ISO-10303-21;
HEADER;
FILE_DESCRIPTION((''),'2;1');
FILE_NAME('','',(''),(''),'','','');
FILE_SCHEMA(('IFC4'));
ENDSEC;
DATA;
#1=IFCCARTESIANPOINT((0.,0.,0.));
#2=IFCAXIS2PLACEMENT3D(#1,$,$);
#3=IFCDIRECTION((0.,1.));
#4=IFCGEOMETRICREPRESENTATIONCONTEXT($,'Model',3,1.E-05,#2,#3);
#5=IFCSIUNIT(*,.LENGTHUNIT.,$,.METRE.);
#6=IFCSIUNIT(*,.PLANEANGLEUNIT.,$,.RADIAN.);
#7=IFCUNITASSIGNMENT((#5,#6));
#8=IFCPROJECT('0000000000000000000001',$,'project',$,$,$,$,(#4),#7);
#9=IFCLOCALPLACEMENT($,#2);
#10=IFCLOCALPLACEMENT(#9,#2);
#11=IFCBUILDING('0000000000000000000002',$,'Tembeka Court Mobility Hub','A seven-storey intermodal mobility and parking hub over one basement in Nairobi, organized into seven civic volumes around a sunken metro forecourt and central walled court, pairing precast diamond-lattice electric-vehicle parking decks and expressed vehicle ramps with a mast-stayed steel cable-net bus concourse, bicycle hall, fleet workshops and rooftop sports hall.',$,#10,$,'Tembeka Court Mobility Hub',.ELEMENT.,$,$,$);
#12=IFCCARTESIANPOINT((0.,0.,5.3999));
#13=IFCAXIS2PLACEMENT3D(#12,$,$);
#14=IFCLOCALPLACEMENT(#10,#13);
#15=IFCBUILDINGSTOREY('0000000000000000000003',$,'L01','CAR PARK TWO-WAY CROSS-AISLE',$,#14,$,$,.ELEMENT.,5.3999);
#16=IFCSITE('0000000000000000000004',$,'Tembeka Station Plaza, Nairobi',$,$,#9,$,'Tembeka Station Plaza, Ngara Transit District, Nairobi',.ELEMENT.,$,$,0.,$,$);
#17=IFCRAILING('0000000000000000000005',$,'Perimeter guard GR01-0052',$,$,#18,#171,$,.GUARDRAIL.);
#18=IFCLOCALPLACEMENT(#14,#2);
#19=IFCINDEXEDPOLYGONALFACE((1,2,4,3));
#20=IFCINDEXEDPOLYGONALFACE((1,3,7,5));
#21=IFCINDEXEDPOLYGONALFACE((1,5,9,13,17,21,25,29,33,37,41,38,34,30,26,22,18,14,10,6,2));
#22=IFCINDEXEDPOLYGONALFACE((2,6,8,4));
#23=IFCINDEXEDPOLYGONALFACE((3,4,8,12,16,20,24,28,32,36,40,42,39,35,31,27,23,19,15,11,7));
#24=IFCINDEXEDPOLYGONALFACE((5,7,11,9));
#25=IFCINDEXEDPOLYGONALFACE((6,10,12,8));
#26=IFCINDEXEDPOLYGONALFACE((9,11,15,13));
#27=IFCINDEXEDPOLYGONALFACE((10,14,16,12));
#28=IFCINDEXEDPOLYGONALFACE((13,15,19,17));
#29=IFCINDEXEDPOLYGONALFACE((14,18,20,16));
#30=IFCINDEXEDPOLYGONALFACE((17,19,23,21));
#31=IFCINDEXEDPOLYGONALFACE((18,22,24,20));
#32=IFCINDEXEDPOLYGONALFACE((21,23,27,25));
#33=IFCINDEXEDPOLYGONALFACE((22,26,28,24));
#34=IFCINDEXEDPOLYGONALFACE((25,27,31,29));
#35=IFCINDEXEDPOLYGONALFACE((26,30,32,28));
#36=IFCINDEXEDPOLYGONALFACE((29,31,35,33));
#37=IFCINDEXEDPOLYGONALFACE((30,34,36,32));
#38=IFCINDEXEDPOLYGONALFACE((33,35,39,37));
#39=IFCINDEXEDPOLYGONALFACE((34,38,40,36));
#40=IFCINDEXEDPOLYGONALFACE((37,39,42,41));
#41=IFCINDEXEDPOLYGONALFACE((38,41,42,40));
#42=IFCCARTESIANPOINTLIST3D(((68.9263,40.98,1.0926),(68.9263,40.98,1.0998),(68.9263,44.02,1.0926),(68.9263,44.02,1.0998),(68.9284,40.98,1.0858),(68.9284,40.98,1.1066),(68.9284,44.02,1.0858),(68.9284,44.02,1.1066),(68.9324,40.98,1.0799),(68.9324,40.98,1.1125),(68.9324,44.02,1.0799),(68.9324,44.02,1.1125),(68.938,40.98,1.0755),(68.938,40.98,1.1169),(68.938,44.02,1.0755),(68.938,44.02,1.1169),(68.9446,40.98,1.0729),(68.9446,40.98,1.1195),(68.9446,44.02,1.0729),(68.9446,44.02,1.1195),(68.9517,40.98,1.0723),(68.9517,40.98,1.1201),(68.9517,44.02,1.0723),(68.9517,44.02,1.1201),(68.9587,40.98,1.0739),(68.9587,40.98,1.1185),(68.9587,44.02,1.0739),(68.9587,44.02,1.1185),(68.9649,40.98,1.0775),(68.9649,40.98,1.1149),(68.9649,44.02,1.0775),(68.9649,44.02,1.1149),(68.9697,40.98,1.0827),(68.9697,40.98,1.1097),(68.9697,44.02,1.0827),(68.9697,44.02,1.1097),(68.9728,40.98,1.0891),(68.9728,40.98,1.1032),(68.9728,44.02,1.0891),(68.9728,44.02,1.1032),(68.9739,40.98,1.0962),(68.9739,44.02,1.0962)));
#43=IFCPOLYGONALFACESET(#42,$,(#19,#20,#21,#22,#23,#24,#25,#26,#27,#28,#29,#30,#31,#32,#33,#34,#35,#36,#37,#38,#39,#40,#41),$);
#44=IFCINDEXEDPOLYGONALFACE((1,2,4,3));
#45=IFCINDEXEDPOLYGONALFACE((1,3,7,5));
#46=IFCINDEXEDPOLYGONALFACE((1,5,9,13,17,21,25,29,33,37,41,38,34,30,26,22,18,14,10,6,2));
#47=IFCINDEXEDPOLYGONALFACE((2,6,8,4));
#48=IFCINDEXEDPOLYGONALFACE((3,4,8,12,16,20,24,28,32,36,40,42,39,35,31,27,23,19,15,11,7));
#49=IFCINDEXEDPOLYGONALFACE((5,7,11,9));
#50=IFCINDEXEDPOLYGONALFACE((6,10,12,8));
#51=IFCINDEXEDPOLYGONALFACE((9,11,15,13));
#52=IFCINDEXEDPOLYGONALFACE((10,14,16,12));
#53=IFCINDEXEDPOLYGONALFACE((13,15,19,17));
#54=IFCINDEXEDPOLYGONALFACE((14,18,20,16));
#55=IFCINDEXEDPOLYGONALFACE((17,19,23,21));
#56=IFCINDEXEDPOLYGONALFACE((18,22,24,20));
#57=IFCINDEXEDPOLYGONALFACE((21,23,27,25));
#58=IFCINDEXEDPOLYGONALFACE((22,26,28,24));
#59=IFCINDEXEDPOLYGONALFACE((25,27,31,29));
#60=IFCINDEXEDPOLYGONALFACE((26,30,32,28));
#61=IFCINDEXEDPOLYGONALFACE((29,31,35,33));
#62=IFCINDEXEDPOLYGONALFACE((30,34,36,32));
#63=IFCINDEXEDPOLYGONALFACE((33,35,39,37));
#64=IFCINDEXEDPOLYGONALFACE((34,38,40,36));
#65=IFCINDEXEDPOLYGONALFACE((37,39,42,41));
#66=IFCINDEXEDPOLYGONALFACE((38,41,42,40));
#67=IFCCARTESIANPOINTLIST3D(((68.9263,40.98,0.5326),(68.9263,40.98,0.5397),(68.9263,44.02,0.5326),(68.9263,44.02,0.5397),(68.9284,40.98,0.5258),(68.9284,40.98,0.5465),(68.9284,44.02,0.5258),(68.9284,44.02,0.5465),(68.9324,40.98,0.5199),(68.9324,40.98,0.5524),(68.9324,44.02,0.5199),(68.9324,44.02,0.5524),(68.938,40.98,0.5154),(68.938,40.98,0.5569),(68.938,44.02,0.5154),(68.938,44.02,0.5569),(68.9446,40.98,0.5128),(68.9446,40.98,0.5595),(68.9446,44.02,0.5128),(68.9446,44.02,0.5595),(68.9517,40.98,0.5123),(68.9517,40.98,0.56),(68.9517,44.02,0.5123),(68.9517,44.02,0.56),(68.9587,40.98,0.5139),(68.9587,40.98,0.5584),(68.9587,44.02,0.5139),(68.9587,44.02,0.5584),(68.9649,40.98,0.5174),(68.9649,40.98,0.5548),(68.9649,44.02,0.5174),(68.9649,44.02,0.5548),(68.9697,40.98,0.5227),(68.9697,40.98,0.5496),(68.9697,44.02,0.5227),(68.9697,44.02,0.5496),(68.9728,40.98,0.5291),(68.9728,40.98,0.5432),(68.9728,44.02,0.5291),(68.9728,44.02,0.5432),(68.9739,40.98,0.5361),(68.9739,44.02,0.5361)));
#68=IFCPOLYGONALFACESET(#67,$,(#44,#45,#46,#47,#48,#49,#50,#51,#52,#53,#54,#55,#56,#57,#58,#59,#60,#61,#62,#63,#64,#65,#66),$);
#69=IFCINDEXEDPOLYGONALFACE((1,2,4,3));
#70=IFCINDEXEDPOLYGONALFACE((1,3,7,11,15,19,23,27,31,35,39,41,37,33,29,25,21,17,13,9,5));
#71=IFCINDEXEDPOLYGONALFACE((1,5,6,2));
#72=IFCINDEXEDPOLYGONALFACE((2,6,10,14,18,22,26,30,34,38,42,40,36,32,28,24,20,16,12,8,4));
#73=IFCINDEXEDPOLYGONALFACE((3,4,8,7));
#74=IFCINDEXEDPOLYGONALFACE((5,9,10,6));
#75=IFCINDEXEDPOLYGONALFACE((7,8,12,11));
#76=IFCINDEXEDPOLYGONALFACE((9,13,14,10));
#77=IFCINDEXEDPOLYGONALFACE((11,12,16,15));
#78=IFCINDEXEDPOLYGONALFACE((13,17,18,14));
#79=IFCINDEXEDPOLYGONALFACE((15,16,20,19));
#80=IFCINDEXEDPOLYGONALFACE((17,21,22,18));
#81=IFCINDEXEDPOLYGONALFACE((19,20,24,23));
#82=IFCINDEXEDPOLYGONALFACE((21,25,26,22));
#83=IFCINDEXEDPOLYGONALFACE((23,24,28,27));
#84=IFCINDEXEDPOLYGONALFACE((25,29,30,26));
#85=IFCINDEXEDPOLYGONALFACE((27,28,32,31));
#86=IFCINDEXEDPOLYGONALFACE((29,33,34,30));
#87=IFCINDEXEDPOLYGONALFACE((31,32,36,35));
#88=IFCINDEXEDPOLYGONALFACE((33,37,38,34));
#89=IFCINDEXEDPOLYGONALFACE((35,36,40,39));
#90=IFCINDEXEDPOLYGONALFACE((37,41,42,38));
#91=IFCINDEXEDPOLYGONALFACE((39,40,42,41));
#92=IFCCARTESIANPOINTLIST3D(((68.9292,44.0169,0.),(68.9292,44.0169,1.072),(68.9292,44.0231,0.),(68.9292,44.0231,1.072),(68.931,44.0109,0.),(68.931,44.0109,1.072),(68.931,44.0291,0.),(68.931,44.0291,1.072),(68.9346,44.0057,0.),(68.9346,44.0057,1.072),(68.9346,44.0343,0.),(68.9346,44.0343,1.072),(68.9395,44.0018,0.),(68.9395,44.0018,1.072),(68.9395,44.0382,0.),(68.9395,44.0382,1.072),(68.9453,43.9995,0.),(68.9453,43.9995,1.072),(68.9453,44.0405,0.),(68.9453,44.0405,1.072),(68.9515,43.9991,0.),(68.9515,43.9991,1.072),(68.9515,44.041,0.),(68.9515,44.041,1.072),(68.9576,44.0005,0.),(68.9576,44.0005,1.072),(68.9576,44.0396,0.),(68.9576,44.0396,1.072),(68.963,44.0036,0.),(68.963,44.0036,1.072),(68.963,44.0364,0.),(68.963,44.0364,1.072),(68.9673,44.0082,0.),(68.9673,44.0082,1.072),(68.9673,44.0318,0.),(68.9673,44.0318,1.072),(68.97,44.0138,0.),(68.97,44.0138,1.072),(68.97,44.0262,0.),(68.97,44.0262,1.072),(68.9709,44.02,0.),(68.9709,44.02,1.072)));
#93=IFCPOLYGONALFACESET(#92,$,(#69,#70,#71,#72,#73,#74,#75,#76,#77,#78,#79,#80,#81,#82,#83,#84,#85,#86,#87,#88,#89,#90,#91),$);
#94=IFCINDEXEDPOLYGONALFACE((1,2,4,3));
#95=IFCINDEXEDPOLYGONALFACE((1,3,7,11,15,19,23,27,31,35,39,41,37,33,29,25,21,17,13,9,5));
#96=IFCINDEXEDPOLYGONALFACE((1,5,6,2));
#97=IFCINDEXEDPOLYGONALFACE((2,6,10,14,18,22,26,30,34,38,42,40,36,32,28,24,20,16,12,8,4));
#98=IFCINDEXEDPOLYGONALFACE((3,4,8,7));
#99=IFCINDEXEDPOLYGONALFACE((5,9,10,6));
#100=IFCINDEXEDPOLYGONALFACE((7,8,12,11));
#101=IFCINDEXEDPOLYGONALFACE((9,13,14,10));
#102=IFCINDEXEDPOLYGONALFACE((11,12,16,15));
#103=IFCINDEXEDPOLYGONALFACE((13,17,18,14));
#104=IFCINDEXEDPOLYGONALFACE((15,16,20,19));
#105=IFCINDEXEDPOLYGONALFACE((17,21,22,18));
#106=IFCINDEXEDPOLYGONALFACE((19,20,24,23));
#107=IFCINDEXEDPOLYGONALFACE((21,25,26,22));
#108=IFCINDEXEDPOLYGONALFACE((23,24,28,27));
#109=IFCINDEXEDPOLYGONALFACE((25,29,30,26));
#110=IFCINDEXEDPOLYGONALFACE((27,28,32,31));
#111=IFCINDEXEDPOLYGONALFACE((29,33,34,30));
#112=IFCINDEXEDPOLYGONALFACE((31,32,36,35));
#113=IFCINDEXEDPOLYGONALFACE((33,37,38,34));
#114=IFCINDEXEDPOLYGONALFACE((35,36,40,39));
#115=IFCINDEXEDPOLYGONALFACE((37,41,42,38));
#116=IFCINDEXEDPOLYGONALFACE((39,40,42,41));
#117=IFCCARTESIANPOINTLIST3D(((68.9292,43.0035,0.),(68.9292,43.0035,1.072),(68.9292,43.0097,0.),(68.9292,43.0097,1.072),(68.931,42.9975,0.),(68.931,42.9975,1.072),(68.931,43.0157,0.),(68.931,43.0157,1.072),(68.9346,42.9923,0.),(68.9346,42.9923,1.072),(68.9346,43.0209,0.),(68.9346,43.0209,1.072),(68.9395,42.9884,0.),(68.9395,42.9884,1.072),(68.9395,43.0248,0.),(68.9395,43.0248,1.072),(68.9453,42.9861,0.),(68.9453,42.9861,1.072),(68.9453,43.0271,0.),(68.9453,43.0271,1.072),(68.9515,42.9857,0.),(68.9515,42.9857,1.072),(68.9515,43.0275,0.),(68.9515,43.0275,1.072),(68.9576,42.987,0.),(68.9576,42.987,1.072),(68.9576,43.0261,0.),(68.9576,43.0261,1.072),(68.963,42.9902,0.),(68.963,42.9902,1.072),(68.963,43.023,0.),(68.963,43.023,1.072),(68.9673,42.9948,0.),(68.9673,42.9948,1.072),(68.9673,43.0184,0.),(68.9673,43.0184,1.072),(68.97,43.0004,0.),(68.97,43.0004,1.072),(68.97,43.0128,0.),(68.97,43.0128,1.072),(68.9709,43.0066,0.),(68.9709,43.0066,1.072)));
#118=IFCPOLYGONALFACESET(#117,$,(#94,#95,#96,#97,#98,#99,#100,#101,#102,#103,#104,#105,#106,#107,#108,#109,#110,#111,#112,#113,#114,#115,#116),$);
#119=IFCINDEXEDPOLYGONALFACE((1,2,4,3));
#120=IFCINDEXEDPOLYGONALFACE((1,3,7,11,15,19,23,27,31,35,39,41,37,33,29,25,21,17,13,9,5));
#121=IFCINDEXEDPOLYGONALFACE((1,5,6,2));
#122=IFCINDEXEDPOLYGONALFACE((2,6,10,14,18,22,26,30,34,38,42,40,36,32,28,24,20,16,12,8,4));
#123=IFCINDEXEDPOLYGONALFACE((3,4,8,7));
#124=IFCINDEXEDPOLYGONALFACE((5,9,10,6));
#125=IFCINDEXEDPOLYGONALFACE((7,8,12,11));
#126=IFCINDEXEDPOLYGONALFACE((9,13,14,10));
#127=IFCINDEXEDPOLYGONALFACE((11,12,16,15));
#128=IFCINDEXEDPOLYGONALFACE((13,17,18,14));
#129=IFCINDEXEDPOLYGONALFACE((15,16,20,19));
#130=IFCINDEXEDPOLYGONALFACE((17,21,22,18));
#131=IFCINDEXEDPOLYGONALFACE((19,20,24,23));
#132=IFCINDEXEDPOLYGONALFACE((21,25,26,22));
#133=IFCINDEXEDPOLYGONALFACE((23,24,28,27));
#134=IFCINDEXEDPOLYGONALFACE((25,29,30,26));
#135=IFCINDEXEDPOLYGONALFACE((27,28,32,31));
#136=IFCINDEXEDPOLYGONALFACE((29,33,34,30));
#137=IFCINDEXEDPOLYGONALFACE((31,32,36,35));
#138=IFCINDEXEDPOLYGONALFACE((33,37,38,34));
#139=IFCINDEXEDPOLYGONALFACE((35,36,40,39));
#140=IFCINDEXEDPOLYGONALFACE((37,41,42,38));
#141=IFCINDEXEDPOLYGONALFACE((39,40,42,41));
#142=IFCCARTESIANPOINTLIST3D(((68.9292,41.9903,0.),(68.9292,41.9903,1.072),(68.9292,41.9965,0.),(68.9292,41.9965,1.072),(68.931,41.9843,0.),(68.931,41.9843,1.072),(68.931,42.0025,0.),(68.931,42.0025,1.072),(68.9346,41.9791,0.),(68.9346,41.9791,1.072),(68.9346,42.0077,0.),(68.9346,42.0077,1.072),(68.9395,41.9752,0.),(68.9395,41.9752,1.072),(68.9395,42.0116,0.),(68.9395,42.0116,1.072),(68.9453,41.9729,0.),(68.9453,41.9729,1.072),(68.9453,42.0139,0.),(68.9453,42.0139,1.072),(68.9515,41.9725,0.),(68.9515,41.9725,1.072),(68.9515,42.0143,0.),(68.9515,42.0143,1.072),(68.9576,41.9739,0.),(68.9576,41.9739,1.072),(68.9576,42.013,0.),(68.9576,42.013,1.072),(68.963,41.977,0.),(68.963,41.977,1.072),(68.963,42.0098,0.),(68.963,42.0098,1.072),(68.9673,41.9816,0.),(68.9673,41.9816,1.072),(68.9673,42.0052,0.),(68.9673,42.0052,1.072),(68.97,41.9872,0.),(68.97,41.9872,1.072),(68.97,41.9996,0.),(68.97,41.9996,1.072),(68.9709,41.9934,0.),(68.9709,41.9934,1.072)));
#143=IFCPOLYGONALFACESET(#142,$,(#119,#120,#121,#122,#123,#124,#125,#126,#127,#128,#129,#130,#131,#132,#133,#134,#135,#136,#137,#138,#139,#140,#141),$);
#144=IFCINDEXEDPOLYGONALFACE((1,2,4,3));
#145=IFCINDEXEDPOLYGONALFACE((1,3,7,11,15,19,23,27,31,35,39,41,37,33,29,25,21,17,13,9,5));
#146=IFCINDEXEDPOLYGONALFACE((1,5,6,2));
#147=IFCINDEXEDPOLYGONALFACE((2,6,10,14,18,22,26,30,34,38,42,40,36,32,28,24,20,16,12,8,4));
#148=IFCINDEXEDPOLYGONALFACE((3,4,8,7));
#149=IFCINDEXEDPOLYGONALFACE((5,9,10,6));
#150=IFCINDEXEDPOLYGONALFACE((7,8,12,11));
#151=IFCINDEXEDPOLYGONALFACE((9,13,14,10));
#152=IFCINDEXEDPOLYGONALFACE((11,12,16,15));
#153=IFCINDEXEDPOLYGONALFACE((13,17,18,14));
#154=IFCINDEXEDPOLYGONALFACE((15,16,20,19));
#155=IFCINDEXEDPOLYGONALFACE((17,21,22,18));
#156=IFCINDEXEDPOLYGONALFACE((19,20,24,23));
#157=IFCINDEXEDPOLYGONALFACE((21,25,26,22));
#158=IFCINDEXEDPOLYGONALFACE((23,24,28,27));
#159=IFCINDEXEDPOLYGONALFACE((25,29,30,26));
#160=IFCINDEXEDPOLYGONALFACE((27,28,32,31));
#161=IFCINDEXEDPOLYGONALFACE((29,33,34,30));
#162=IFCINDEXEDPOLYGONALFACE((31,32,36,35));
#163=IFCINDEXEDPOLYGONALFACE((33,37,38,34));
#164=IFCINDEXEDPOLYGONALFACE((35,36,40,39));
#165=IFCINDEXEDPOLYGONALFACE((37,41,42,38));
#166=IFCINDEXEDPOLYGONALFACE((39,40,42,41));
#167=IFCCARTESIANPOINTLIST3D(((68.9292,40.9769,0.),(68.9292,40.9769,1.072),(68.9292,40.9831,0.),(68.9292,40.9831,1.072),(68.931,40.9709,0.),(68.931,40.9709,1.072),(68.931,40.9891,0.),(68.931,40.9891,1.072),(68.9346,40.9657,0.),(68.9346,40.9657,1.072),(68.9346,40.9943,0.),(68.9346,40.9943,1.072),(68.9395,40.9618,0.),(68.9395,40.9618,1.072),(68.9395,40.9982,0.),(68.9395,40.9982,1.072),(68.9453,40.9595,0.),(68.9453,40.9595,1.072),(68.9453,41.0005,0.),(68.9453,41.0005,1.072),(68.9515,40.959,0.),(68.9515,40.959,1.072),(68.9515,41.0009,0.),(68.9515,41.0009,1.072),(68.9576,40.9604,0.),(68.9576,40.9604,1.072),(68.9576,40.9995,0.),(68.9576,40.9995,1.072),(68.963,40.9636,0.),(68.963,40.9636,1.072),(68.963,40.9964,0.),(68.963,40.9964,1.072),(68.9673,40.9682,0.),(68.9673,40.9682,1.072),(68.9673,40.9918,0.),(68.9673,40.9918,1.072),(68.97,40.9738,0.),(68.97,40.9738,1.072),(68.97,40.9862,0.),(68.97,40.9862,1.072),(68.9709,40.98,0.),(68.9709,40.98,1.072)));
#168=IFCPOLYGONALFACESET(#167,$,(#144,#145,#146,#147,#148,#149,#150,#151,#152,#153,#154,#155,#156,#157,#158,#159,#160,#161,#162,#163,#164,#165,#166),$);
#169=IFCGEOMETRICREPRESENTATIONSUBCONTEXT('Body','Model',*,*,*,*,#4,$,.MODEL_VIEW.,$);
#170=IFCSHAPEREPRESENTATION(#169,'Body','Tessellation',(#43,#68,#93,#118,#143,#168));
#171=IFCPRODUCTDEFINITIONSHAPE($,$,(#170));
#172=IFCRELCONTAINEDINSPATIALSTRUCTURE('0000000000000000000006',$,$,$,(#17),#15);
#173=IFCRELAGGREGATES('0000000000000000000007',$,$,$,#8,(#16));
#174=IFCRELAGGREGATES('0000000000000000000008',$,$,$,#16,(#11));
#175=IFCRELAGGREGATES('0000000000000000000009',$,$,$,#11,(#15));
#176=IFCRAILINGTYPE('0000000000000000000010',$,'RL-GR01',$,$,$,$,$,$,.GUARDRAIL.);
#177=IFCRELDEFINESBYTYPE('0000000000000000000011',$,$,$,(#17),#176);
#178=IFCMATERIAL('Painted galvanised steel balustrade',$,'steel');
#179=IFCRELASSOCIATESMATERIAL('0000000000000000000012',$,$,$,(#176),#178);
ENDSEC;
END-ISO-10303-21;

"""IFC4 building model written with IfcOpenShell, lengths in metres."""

from ifc_helpers import new_model, si_unit, direction, frame, origin, origin_2d, place, context, subcontext, project, spatial, circle, extrude, material, type_object, element, save


model = new_model("IFC4")

# Units and contexts
model_context = context("Model", 3, precision=1e-05, world=origin(), true_north=direction((0.0, 1.0)))
body_context = subcontext(model_context, "Body", "Model", "MODEL_VIEW")
ifc_project = project(units=[si_unit("LENGTHUNIT", "METRE"), si_unit("PLANEANGLEUNIT", "RADIAN")], contexts=[model_context])

# Site, building, storey
site_placement = place(None, origin())
site = spatial("IfcSite", under=ifc_project, at=site_placement, Name="Tembeka Station Plaza, Nairobi", LongName="Tembeka Station Plaza, Ngara Transit District, Nairobi", CompositionType="ELEMENT", RefElevation=0.0)
building_placement = place(site_placement, origin())
building = spatial("IfcBuilding", under=site, at=building_placement, Name="Tembeka Court Mobility Hub", Description="A seven-storey intermodal mobility and parking hub over one basement in Nairobi, organized into seven civic volumes around a sunken metro forecourt and central walled court, pairing precast diamond-lattice electric-vehicle parking decks and expressed vehicle ramps with a mast-stayed steel cable-net bus concourse, bicycle hall, fleet workshops and rooftop sports hall.", LongName="Tembeka Court Mobility Hub", CompositionType="ELEMENT")
storey_placement = place(building_placement, frame((0.0, 0.0, 5.3999)))
storey = spatial("IfcBuildingStorey", under=building, at=storey_placement, Name="L01", Description="CAR PARK TWO-WAY CROSS-AISLE", CompositionType="ELEMENT", Elevation=5.3999)

# Railing
ifc_material_1 = material(Name="Painted galvanised steel balustrade", Category="steel")
railing_type = type_object("IfcRailingType", Name="RL-GR01", PredefinedType="GUARDRAIL", material=ifc_material_1)
railing_1_placement = place(storey_placement, frame((68.95, 44.02, 0.0)))
element("IfcRailing", 1, at=railing_1_placement, inside=storey, type_object=railing_type, Name="Perimeter guard GR01-0052", PredefinedType="GUARDRAIL", context=body_context, shape_type="SweptSolid", body=[
    extrude(circle(Radius=0.0239, at=origin_2d()), frame((0.0, 0.0, 1.0962), z_axis=(0.0, -1.0, 0.0), x_axis=(1.0, 0.0, 0.0)), (0.0, 0.0, 1.0), 3.04),
    extrude(circle(Radius=0.0239, at=origin_2d()), frame((0.0, 0.0, 0.5361), z_axis=(0.0, -1.0, 0.0), x_axis=(1.0, 0.0, 0.0)), (0.0, 0.0, 1.0), 3.04),
    extrude(circle(Radius=0.021, at=origin_2d()), origin(), (0.0, 0.0, 1.0), 1.072),
    extrude(circle(Radius=0.021, at=origin_2d()), frame((0.0, -1.0134, 0.0)), (0.0, 0.0, 1.0), 1.072),
    extrude(circle(Radius=0.021, at=origin_2d()), frame((0.0, -2.0266, 0.0)), (0.0, 0.0, 1.0), 1.072),
    extrude(circle(Radius=0.021, at=origin_2d()), frame((0.0, -3.04, 0.0)), (0.0, 0.0, 1.0), 1.072),
])

save(model, "model.ifc")
